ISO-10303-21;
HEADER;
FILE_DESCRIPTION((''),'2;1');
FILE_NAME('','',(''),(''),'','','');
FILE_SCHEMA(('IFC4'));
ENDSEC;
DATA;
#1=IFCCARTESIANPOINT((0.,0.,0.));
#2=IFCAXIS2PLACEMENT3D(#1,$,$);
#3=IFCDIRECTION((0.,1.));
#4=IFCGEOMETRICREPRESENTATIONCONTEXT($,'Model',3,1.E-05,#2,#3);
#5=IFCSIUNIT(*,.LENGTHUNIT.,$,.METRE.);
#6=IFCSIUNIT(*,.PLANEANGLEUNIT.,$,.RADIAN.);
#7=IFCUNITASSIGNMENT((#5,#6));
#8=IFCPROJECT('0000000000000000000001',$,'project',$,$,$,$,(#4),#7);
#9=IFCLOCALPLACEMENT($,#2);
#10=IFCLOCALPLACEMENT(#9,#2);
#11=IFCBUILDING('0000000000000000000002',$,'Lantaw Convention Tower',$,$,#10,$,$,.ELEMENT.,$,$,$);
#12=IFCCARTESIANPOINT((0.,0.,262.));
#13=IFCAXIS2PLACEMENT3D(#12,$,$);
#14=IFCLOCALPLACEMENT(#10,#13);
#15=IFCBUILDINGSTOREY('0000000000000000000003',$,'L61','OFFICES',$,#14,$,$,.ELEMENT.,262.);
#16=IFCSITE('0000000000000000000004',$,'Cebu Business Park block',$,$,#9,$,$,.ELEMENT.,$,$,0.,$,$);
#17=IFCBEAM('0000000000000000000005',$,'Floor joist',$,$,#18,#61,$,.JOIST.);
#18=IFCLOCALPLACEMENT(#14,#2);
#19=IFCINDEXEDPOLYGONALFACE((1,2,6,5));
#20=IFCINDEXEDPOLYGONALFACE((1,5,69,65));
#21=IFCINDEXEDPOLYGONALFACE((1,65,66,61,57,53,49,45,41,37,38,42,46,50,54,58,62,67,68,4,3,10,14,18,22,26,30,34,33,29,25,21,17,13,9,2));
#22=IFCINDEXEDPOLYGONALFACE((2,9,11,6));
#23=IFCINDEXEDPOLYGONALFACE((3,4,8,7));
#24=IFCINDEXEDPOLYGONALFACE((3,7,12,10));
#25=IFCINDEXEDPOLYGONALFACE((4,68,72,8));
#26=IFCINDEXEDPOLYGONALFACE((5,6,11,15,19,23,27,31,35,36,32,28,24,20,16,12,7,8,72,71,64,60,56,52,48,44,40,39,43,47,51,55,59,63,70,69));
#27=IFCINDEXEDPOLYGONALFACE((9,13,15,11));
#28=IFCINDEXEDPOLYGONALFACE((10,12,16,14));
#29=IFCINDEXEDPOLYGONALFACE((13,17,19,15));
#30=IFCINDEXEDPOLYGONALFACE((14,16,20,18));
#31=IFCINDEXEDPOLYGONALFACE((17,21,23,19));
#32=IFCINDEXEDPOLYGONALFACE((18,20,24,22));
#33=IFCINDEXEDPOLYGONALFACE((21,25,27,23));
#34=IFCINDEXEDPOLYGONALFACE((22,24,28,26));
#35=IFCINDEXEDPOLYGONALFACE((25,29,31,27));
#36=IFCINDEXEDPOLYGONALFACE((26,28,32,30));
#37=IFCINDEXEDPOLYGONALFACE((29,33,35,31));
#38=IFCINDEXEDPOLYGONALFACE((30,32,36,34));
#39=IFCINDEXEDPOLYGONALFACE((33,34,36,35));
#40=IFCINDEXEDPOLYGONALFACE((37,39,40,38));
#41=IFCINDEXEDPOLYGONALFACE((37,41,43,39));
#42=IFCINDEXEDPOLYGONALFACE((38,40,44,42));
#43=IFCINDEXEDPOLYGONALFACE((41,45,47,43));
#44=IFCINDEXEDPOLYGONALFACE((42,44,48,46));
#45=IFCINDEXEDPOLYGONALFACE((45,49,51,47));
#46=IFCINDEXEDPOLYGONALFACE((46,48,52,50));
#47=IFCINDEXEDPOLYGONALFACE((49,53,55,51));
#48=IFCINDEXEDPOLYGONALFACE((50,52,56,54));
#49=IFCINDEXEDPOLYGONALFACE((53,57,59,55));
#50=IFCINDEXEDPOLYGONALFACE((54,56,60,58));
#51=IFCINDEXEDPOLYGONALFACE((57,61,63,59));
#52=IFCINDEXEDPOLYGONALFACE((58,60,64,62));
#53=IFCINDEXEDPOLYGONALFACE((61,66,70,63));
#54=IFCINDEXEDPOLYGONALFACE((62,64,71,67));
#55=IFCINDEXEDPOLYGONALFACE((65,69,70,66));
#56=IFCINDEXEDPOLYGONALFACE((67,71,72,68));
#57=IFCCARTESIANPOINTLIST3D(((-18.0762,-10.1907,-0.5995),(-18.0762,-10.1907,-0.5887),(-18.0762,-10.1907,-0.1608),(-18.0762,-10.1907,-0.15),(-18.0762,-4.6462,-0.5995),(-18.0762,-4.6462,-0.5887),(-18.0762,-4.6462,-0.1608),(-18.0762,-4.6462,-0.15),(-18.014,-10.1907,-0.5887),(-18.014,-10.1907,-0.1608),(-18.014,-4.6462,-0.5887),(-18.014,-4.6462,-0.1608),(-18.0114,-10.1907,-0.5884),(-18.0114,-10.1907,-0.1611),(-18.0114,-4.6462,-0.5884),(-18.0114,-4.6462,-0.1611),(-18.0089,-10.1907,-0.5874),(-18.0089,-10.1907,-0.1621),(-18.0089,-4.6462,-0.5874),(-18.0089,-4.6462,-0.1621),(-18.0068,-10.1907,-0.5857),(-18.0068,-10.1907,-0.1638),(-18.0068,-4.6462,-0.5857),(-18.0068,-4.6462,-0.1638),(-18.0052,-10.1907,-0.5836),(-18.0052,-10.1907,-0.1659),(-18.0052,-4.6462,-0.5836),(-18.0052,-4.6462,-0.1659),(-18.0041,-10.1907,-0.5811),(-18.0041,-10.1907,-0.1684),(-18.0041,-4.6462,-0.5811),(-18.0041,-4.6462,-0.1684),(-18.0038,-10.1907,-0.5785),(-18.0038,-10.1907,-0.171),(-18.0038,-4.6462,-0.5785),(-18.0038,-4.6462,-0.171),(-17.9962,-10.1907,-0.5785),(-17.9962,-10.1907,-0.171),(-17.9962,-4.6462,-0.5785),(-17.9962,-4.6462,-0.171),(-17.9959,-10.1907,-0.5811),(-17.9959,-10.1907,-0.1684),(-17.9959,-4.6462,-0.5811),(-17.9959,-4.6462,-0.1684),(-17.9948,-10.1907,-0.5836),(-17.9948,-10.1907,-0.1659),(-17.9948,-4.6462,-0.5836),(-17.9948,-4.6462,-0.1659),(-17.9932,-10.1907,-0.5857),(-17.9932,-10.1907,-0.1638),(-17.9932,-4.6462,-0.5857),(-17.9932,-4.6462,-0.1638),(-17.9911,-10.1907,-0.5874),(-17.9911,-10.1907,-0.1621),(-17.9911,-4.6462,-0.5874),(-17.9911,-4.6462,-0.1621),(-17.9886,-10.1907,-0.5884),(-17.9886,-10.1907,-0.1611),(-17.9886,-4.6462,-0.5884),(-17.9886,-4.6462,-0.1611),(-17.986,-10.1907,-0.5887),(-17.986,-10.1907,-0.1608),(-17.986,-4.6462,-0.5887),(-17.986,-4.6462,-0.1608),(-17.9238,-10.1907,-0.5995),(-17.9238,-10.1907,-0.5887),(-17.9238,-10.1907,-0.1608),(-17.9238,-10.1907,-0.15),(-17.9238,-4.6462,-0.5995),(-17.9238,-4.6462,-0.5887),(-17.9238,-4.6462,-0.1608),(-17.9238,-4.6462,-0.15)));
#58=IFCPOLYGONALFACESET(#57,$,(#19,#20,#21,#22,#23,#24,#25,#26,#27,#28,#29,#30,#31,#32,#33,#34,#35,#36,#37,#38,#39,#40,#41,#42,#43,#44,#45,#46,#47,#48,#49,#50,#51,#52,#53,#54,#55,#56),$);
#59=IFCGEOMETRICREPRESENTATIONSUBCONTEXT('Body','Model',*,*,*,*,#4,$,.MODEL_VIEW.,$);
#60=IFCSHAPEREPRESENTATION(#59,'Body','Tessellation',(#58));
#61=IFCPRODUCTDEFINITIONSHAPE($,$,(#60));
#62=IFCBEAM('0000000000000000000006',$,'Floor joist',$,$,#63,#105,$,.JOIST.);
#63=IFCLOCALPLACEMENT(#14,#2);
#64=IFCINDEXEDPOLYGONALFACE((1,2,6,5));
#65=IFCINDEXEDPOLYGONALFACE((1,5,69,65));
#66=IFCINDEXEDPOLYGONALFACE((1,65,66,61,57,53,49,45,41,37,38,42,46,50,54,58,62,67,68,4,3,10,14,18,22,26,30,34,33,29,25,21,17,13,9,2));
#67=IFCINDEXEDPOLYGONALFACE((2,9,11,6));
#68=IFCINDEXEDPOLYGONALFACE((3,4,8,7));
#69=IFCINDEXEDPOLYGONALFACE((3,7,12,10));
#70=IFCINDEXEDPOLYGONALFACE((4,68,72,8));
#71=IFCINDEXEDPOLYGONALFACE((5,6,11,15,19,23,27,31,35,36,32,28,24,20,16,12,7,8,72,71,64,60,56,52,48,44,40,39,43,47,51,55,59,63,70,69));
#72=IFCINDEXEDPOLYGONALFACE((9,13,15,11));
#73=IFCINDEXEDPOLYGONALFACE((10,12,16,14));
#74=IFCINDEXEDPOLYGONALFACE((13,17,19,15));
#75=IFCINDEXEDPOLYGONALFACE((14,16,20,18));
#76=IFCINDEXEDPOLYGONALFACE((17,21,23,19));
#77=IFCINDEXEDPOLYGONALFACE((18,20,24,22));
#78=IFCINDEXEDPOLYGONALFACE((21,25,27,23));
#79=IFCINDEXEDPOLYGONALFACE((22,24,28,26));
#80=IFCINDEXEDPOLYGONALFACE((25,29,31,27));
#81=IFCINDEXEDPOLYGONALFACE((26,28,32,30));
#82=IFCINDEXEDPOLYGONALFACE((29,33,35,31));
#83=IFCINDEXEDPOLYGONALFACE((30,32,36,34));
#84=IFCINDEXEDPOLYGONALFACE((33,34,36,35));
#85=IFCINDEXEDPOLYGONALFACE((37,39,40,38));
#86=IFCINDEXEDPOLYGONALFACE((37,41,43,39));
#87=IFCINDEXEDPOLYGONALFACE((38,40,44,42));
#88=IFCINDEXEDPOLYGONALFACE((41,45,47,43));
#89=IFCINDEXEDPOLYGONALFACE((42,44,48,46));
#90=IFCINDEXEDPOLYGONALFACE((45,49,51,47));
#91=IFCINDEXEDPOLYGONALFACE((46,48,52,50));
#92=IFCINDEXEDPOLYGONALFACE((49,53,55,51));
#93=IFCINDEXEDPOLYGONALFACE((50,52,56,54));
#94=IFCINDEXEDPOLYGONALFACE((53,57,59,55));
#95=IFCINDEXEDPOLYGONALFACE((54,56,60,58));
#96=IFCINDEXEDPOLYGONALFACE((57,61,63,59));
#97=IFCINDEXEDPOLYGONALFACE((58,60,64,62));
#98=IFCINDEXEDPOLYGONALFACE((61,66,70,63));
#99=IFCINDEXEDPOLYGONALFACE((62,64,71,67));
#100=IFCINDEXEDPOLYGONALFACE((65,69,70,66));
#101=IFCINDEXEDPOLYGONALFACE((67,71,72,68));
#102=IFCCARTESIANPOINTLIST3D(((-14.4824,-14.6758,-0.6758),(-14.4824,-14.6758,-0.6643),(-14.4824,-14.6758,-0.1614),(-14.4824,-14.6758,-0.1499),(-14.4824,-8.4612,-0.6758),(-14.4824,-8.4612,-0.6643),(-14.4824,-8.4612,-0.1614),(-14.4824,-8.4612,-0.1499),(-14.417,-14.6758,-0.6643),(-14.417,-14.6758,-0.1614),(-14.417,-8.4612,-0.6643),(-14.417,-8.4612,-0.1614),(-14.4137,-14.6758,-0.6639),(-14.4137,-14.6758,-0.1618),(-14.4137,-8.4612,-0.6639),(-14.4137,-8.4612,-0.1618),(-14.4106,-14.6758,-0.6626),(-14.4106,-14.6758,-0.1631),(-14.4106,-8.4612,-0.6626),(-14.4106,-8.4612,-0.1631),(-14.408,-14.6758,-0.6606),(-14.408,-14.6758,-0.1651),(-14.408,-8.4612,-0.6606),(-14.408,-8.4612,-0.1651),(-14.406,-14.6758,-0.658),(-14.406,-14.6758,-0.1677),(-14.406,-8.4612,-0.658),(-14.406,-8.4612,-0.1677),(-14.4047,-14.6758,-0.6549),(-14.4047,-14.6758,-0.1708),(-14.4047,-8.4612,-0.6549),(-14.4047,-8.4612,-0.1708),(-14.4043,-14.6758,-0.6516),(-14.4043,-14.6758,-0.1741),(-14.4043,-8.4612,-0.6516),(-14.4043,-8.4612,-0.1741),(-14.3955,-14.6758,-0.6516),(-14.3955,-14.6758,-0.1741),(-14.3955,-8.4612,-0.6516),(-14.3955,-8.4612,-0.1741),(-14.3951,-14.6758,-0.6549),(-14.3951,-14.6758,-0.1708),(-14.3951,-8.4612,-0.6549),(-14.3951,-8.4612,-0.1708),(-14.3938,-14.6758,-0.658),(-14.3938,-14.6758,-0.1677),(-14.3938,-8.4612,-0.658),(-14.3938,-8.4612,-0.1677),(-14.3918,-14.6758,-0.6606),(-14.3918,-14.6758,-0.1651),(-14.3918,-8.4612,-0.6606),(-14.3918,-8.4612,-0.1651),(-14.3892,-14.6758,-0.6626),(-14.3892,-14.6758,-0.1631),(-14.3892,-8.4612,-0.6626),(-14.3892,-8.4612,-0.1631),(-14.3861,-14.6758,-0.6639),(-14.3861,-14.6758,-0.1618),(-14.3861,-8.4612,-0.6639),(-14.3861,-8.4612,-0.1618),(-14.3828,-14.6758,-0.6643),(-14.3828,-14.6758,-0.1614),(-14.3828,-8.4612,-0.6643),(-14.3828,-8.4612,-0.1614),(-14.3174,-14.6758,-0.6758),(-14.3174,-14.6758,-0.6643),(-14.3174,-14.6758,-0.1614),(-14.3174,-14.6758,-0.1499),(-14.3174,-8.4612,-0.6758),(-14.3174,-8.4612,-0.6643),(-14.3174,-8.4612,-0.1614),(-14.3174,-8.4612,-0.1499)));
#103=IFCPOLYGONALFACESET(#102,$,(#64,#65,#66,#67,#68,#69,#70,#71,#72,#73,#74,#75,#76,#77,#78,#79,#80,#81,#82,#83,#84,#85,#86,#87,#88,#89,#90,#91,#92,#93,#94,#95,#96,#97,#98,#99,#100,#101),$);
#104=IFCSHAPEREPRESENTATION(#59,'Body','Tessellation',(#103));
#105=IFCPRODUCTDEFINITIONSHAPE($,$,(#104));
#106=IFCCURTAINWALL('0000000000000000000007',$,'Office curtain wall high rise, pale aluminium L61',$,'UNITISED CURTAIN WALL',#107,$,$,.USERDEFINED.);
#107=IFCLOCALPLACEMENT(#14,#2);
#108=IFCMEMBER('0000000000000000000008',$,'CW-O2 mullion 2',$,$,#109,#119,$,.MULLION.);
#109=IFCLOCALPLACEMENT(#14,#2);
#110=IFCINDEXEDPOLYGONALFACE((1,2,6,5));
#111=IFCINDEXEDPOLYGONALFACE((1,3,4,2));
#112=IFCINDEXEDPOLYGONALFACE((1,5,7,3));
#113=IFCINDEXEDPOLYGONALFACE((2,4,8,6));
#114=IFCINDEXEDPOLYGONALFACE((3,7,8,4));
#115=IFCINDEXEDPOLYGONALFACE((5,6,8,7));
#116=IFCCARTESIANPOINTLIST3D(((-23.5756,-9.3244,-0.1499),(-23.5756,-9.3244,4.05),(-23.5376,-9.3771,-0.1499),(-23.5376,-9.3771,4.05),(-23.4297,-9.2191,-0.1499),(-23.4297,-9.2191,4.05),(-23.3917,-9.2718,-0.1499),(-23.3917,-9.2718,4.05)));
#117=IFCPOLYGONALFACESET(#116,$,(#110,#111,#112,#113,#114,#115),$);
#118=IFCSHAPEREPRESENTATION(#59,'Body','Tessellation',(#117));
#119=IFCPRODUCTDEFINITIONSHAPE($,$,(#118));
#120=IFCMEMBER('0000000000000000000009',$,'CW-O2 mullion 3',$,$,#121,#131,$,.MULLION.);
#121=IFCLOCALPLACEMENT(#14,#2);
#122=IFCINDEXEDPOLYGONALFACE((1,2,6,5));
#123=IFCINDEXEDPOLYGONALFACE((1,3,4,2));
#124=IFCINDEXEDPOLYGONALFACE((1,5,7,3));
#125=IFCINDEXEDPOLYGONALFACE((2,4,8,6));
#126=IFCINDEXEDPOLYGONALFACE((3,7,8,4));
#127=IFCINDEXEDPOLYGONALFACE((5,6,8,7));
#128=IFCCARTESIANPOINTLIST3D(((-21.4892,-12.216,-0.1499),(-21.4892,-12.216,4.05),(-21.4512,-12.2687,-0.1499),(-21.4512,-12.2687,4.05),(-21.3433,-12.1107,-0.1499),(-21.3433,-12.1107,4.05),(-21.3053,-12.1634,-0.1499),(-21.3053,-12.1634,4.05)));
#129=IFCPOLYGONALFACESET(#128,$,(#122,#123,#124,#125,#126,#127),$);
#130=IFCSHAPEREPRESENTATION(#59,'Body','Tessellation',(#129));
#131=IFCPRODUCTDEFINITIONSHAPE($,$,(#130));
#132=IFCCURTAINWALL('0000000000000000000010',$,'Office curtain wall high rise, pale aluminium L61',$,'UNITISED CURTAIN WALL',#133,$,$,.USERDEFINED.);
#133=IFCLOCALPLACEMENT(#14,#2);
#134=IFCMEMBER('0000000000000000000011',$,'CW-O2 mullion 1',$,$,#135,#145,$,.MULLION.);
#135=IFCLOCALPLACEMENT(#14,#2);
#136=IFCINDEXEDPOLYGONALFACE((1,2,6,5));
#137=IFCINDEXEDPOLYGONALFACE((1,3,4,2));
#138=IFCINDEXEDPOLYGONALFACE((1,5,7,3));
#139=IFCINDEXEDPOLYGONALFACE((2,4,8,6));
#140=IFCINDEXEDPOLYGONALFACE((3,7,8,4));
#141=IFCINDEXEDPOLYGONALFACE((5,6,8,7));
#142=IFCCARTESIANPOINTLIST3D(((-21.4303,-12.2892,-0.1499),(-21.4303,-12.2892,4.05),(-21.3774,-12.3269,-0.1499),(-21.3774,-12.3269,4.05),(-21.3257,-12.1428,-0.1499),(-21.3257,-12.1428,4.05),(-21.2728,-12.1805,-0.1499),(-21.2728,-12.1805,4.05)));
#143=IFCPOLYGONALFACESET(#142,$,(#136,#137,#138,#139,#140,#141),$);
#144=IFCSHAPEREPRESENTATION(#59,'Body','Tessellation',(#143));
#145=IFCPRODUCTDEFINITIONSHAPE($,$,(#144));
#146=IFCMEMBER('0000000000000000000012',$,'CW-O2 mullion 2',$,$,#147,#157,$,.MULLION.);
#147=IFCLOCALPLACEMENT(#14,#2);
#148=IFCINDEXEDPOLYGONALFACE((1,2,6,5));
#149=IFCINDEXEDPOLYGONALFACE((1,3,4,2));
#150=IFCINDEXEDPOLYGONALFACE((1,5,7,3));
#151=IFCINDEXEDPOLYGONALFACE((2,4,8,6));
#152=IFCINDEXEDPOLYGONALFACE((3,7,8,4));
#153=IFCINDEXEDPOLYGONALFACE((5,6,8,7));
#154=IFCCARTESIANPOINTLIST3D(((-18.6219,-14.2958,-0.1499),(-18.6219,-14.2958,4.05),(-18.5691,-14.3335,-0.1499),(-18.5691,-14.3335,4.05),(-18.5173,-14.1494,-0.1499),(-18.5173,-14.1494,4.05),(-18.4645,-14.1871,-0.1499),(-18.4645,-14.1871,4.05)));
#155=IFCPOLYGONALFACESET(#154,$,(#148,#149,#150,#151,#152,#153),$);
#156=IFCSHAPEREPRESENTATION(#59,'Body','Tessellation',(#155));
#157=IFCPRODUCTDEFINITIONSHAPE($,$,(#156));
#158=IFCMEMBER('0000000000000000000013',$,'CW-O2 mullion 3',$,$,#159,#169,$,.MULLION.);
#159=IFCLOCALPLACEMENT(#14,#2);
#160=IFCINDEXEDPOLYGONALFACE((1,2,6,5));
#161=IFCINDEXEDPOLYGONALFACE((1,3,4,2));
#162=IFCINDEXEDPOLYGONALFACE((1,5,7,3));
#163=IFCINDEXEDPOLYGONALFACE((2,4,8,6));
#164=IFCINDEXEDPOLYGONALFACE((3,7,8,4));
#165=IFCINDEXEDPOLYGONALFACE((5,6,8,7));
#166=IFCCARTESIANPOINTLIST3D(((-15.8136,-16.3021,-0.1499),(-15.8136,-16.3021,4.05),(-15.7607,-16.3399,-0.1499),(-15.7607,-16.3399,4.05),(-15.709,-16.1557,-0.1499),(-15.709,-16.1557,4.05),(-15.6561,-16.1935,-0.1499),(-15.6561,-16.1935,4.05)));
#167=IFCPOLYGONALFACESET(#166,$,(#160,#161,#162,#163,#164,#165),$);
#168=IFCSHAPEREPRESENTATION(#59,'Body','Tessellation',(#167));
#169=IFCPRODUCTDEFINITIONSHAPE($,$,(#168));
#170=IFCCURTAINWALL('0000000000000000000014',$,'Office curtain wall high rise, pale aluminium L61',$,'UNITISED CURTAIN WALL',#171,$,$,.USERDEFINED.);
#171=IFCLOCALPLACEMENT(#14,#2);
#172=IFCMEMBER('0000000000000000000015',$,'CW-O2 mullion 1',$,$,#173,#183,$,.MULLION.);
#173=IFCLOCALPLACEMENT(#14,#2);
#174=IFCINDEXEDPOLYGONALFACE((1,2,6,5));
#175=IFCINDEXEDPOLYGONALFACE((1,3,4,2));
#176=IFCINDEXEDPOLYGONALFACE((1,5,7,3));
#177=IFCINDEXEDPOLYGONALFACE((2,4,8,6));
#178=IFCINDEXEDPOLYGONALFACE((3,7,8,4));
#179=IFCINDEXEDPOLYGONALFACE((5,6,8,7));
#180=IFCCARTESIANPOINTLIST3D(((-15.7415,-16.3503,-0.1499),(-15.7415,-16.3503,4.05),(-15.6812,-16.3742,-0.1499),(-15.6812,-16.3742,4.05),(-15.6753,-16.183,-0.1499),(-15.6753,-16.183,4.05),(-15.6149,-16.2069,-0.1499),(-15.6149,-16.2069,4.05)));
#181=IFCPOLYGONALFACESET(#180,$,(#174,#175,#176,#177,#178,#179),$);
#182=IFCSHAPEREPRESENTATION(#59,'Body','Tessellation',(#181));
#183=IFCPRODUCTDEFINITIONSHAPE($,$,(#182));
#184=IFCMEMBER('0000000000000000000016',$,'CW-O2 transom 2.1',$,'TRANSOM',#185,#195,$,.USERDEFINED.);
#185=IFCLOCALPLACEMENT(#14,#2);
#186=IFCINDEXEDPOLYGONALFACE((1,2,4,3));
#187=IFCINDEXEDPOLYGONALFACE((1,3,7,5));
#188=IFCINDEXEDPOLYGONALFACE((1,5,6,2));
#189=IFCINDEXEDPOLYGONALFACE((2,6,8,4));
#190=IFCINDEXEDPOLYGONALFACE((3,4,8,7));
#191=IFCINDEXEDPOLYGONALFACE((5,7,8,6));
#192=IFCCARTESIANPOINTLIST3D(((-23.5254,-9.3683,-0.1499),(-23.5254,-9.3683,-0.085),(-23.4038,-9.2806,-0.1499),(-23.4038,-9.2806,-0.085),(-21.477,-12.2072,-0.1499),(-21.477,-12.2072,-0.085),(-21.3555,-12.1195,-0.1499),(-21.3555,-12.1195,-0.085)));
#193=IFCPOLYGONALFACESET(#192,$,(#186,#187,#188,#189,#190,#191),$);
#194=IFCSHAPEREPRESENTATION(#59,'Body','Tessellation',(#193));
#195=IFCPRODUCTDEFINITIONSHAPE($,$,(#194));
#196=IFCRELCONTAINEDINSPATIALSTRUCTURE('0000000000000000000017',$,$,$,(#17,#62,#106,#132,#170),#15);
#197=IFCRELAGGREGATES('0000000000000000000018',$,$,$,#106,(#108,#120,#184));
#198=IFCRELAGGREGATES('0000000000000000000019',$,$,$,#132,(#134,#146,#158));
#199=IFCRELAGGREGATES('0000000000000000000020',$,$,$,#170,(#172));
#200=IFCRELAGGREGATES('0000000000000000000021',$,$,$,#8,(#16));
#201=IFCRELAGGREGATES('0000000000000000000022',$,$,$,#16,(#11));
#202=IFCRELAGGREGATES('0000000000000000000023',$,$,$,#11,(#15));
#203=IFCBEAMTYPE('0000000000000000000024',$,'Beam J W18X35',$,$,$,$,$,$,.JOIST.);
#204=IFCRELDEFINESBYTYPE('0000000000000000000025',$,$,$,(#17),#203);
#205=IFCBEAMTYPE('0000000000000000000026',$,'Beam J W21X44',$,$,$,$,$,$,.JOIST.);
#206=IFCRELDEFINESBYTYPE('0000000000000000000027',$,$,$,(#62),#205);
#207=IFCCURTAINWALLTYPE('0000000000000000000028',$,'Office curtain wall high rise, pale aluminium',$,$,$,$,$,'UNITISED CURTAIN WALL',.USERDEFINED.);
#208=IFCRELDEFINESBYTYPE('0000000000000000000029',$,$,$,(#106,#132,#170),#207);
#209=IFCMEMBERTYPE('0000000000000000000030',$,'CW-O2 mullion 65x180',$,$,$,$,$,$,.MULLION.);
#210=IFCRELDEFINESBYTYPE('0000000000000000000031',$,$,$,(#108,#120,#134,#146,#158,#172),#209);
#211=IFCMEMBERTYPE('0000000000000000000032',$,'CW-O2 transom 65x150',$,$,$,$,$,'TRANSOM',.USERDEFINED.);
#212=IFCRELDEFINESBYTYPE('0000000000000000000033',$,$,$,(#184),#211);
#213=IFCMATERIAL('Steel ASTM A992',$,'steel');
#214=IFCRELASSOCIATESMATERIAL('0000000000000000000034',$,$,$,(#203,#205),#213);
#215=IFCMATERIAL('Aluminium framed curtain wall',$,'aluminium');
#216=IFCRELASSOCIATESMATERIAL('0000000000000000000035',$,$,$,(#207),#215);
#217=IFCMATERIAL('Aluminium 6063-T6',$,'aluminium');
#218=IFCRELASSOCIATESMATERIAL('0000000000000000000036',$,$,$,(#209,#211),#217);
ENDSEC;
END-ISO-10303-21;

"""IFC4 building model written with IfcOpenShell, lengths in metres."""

from ifc_helpers import new_model, si_unit, direction, frame, origin, origin_2d, place, context, subcontext, project, spatial, rectangle, i_section, extrude, material, material_profile, profile_set, type_object, element, aggregate, save


model = new_model("IFC4")

# Units and contexts
model_context = context("Model", 3, precision=1e-05, world=origin(), true_north=direction((0.0, 1.0)))
body_context = subcontext(model_context, "Body", "Model", "MODEL_VIEW")
ifc_project = project(units=[si_unit("LENGTHUNIT", "METRE"), si_unit("PLANEANGLEUNIT", "RADIAN")], contexts=[model_context])

# Site, building, storey
site_placement = place(None, origin())
site = spatial("IfcSite", under=ifc_project, at=site_placement, Name="Cebu Business Park block", CompositionType="ELEMENT", RefElevation=0.0)
building_placement = place(site_placement, origin())
building = spatial("IfcBuilding", under=site, at=building_placement, Name="Lantaw Convention Tower", CompositionType="ELEMENT")
storey_placement = place(building_placement, frame((0.0, 0.0, 262.0)))
storey = spatial("IfcBuildingStorey", under=building, at=storey_placement, Name="L61", Description="OFFICES", CompositionType="ELEMENT", Elevation=262.0)

# Beams
ifc_material_1 = material(Name="Steel ASTM A992", Category="steel")
ifc_material_profile_1 = material_profile(ifc_material_1, i_section(OverallWidth=0.1523, OverallDepth=0.4495, WebThickness=0.0076, FlangeThickness=0.0107, FilletRadius=0.0103, at=origin_2d()), Name="W18X35")
ifc_profile_set_1 = profile_set([ifc_material_profile_1], Name="Steel ASTM A992")
beam_type_1 = type_object("IfcBeamType", Name="Beam J W18X35", PredefinedType="JOIST", material=ifc_profile_set_1)
beam_1_placement = place(storey_placement, frame((-18.0, -10.1907, -0.3748), z_axis=(0.0, 1.0, 0.0), x_axis=(-1.0, 0.0, 0.0)))
element("IfcBeam", 1, at=beam_1_placement, inside=storey, type_object=beam_type_1, Name="Floor joist", PredefinedType="JOIST", context=body_context, shape_type="SweptSolid", body=[
    extrude(i_section(OverallWidth=0.1523, OverallDepth=0.4495, WebThickness=0.0076, FlangeThickness=0.0107, FilletRadius=0.0103, at=origin_2d()), origin(), (0.0, 0.0, 1.0), 5.5444),
])
ifc_material_profile_2 = material_profile(ifc_material_1, i_section(OverallWidth=0.165, OverallDepth=0.5259, WebThickness=0.0088, FlangeThickness=0.0115, FilletRadius=0.0127, at=origin_2d()), Name="W21X44")
ifc_profile_set_2 = profile_set([ifc_material_profile_2], Name="Steel ASTM A992")
beam_type_2 = type_object("IfcBeamType", Name="Beam J W21X44", PredefinedType="JOIST", material=ifc_profile_set_2)
beam_2_placement = place(storey_placement, frame((-14.3999, -14.6758, -0.4128), z_axis=(0.0, 1.0, 0.0), x_axis=(-1.0, 0.0, 0.0)))
element("IfcBeam", 2, at=beam_2_placement, inside=storey, type_object=beam_type_2, Name="Floor joist", PredefinedType="JOIST", context=body_context, shape_type="SweptSolid", body=[
    extrude(i_section(OverallWidth=0.165, OverallDepth=0.5259, WebThickness=0.0088, FlangeThickness=0.0115, FilletRadius=0.0127, at=origin_2d()), origin(), (0.0, 0.0, 1.0), 6.2146),
])

# Curtain walls, members
ifc_material_2 = material(Name="Aluminium framed curtain wall", Category="aluminium")
curtain_wall_type = type_object("IfcCurtainWallType", Name="Office curtain wall high rise, pale aluminium", ElementType="UNITISED CURTAIN WALL", PredefinedType="USERDEFINED", material=ifc_material_2)
curtain_wall_1_placement = place(storey_placement, origin())
curtain_wall_1 = element("IfcCurtainWall", 3, at=curtain_wall_1_placement, inside=storey, type_object=curtain_wall_type, Name="Office curtain wall high rise, pale aluminium L61", ObjectType="UNITISED CURTAIN WALL", PredefinedType="USERDEFINED")
ifc_material_3 = material(Name="Aluminium 6063-T6", Category="aluminium")
ifc_material_profile_3 = material_profile(ifc_material_3, rectangle(XDim=0.1799, YDim=0.0649, at=origin_2d()), Name="CW-O2 mullion 65x180")
ifc_profile_set_3 = profile_set([ifc_material_profile_3], Name="Aluminium 6063-T6")
member_type_1 = type_object("IfcMemberType", Name="CW-O2 mullion 65x180", PredefinedType="MULLION", material=ifc_profile_set_3)
member_1_placement = place(storey_placement, frame((-23.4836, -9.2981, -0.1499), z_axis=(0.0, 0.0, 1.0), x_axis=(0.81092, 0.585158, 0.0)))
member_1 = element("IfcMember", 4, at=member_1_placement, type_object=member_type_1, Name="CW-O2 mullion 2", PredefinedType="MULLION", context=body_context, shape_type="SweptSolid", body=[
    extrude(rectangle(XDim=0.1799, YDim=0.0649, at=origin_2d()), origin(), (0.0, 0.0, 1.0), 4.2),
])
member_2_placement = place(storey_placement, frame((-21.3972, -12.1897, -0.1499), z_axis=(0.0, 0.0, 1.0), x_axis=(0.81092, 0.585158, 0.0)))
member_2 = element("IfcMember", 5, at=member_2_placement, type_object=member_type_1, Name="CW-O2 mullion 3", PredefinedType="MULLION", context=body_context, shape_type="SweptSolid", body=[
    extrude(rectangle(XDim=0.1799, YDim=0.0649, at=origin_2d()), origin(), (0.0, 0.0, 1.0), 4.2),
])
curtain_wall_2_placement = place(storey_placement, origin())
curtain_wall_2 = element("IfcCurtainWall", 6, at=curtain_wall_2_placement, inside=storey, type_object=curtain_wall_type, Name="Office curtain wall high rise, pale aluminium L61", ObjectType="UNITISED CURTAIN WALL", PredefinedType="USERDEFINED")
member_3_placement = place(storey_placement, frame((-21.3516, -12.2349, -0.1499), z_axis=(0.0, 0.0, 1.0), x_axis=(0.581323, 0.813673, 0.0)))
member_3 = element("IfcMember", 7, at=member_3_placement, type_object=member_type_1, Name="CW-O2 mullion 1", PredefinedType="MULLION", context=body_context, shape_type="SweptSolid", body=[
    extrude(rectangle(XDim=0.1799, YDim=0.0649, at=origin_2d()), origin(), (0.0, 0.0, 1.0), 4.2),
])
member_4_placement = place(storey_placement, frame((-18.5432, -14.2415, -0.1499), z_axis=(0.0, 0.0, 1.0), x_axis=(0.581323, 0.813673, 0.0)))
member_4 = element("IfcMember", 8, at=member_4_placement, type_object=member_type_1, Name="CW-O2 mullion 2", PredefinedType="MULLION", context=body_context, shape_type="SweptSolid", body=[
    extrude(rectangle(XDim=0.1799, YDim=0.0649, at=origin_2d()), origin(), (0.0, 0.0, 1.0), 4.2),
])
member_5_placement = place(storey_placement, frame((-15.7349, -16.2478, -0.1499), z_axis=(0.0, 0.0, 1.0), x_axis=(0.581323, 0.813673, 0.0)))
member_5 = element("IfcMember", 9, at=member_5_placement, type_object=member_type_1, Name="CW-O2 mullion 3", PredefinedType="MULLION", context=body_context, shape_type="SweptSolid", body=[
    extrude(rectangle(XDim=0.1799, YDim=0.0649, at=origin_2d()), origin(), (0.0, 0.0, 1.0), 4.2),
])

# Curtain wall, member
curtain_wall_3_placement = place(storey_placement, origin())
curtain_wall_3 = element("IfcCurtainWall", 10, at=curtain_wall_3_placement, inside=storey, type_object=curtain_wall_type, Name="Office curtain wall high rise, pale aluminium L61", ObjectType="UNITISED CURTAIN WALL", PredefinedType="USERDEFINED")
member_6_placement = place(storey_placement, frame((-15.6782, -16.2786, -0.1499), z_axis=(0.0, 0.0, 1.0), x_axis=(0.368162, 0.929762, 0.0)))
member_6 = element("IfcMember", 11, at=member_6_placement, type_object=member_type_1, Name="CW-O2 mullion 1", PredefinedType="MULLION", context=body_context, shape_type="SweptSolid", body=[
    extrude(rectangle(XDim=0.1799, YDim=0.0649, at=origin_2d()), origin(), (0.0, 0.0, 1.0), 4.2),
])

# Member
ifc_material_profile_4 = material_profile(ifc_material_3, rectangle(XDim=0.1499, YDim=0.0649, at=origin_2d()), Name="CW-O2 transom 65x150")
ifc_profile_set_4 = profile_set([ifc_material_profile_4], Name="Aluminium 6063-T6")
member_type_2 = type_object("IfcMemberType", Name="CW-O2 transom 65x150", ElementType="TRANSOM", PredefinedType="USERDEFINED", material=ifc_profile_set_4)
member_7_placement = place(storey_placement, frame((-23.4646, -9.3245, -0.1174), z_axis=(0.585124, -0.810944, 0.0), x_axis=(0.810944, 0.585124, 0.0)))
member_7 = element("IfcMember", 12, at=member_7_placement, type_object=member_type_2, Name="CW-O2 transom 2.1", ObjectType="TRANSOM", PredefinedType="USERDEFINED", context=body_context, shape_type="SweptSolid", body=[
    extrude(rectangle(XDim=0.1499, YDim=0.0649, at=origin_2d()), origin(), (0.0, 0.0, 1.0), 3.5007),
])

aggregate(curtain_wall_1, [member_1, member_2, member_7])
aggregate(curtain_wall_2, [member_3, member_4, member_5])
aggregate(curtain_wall_3, [member_6])

save(model, "model.ifc")
